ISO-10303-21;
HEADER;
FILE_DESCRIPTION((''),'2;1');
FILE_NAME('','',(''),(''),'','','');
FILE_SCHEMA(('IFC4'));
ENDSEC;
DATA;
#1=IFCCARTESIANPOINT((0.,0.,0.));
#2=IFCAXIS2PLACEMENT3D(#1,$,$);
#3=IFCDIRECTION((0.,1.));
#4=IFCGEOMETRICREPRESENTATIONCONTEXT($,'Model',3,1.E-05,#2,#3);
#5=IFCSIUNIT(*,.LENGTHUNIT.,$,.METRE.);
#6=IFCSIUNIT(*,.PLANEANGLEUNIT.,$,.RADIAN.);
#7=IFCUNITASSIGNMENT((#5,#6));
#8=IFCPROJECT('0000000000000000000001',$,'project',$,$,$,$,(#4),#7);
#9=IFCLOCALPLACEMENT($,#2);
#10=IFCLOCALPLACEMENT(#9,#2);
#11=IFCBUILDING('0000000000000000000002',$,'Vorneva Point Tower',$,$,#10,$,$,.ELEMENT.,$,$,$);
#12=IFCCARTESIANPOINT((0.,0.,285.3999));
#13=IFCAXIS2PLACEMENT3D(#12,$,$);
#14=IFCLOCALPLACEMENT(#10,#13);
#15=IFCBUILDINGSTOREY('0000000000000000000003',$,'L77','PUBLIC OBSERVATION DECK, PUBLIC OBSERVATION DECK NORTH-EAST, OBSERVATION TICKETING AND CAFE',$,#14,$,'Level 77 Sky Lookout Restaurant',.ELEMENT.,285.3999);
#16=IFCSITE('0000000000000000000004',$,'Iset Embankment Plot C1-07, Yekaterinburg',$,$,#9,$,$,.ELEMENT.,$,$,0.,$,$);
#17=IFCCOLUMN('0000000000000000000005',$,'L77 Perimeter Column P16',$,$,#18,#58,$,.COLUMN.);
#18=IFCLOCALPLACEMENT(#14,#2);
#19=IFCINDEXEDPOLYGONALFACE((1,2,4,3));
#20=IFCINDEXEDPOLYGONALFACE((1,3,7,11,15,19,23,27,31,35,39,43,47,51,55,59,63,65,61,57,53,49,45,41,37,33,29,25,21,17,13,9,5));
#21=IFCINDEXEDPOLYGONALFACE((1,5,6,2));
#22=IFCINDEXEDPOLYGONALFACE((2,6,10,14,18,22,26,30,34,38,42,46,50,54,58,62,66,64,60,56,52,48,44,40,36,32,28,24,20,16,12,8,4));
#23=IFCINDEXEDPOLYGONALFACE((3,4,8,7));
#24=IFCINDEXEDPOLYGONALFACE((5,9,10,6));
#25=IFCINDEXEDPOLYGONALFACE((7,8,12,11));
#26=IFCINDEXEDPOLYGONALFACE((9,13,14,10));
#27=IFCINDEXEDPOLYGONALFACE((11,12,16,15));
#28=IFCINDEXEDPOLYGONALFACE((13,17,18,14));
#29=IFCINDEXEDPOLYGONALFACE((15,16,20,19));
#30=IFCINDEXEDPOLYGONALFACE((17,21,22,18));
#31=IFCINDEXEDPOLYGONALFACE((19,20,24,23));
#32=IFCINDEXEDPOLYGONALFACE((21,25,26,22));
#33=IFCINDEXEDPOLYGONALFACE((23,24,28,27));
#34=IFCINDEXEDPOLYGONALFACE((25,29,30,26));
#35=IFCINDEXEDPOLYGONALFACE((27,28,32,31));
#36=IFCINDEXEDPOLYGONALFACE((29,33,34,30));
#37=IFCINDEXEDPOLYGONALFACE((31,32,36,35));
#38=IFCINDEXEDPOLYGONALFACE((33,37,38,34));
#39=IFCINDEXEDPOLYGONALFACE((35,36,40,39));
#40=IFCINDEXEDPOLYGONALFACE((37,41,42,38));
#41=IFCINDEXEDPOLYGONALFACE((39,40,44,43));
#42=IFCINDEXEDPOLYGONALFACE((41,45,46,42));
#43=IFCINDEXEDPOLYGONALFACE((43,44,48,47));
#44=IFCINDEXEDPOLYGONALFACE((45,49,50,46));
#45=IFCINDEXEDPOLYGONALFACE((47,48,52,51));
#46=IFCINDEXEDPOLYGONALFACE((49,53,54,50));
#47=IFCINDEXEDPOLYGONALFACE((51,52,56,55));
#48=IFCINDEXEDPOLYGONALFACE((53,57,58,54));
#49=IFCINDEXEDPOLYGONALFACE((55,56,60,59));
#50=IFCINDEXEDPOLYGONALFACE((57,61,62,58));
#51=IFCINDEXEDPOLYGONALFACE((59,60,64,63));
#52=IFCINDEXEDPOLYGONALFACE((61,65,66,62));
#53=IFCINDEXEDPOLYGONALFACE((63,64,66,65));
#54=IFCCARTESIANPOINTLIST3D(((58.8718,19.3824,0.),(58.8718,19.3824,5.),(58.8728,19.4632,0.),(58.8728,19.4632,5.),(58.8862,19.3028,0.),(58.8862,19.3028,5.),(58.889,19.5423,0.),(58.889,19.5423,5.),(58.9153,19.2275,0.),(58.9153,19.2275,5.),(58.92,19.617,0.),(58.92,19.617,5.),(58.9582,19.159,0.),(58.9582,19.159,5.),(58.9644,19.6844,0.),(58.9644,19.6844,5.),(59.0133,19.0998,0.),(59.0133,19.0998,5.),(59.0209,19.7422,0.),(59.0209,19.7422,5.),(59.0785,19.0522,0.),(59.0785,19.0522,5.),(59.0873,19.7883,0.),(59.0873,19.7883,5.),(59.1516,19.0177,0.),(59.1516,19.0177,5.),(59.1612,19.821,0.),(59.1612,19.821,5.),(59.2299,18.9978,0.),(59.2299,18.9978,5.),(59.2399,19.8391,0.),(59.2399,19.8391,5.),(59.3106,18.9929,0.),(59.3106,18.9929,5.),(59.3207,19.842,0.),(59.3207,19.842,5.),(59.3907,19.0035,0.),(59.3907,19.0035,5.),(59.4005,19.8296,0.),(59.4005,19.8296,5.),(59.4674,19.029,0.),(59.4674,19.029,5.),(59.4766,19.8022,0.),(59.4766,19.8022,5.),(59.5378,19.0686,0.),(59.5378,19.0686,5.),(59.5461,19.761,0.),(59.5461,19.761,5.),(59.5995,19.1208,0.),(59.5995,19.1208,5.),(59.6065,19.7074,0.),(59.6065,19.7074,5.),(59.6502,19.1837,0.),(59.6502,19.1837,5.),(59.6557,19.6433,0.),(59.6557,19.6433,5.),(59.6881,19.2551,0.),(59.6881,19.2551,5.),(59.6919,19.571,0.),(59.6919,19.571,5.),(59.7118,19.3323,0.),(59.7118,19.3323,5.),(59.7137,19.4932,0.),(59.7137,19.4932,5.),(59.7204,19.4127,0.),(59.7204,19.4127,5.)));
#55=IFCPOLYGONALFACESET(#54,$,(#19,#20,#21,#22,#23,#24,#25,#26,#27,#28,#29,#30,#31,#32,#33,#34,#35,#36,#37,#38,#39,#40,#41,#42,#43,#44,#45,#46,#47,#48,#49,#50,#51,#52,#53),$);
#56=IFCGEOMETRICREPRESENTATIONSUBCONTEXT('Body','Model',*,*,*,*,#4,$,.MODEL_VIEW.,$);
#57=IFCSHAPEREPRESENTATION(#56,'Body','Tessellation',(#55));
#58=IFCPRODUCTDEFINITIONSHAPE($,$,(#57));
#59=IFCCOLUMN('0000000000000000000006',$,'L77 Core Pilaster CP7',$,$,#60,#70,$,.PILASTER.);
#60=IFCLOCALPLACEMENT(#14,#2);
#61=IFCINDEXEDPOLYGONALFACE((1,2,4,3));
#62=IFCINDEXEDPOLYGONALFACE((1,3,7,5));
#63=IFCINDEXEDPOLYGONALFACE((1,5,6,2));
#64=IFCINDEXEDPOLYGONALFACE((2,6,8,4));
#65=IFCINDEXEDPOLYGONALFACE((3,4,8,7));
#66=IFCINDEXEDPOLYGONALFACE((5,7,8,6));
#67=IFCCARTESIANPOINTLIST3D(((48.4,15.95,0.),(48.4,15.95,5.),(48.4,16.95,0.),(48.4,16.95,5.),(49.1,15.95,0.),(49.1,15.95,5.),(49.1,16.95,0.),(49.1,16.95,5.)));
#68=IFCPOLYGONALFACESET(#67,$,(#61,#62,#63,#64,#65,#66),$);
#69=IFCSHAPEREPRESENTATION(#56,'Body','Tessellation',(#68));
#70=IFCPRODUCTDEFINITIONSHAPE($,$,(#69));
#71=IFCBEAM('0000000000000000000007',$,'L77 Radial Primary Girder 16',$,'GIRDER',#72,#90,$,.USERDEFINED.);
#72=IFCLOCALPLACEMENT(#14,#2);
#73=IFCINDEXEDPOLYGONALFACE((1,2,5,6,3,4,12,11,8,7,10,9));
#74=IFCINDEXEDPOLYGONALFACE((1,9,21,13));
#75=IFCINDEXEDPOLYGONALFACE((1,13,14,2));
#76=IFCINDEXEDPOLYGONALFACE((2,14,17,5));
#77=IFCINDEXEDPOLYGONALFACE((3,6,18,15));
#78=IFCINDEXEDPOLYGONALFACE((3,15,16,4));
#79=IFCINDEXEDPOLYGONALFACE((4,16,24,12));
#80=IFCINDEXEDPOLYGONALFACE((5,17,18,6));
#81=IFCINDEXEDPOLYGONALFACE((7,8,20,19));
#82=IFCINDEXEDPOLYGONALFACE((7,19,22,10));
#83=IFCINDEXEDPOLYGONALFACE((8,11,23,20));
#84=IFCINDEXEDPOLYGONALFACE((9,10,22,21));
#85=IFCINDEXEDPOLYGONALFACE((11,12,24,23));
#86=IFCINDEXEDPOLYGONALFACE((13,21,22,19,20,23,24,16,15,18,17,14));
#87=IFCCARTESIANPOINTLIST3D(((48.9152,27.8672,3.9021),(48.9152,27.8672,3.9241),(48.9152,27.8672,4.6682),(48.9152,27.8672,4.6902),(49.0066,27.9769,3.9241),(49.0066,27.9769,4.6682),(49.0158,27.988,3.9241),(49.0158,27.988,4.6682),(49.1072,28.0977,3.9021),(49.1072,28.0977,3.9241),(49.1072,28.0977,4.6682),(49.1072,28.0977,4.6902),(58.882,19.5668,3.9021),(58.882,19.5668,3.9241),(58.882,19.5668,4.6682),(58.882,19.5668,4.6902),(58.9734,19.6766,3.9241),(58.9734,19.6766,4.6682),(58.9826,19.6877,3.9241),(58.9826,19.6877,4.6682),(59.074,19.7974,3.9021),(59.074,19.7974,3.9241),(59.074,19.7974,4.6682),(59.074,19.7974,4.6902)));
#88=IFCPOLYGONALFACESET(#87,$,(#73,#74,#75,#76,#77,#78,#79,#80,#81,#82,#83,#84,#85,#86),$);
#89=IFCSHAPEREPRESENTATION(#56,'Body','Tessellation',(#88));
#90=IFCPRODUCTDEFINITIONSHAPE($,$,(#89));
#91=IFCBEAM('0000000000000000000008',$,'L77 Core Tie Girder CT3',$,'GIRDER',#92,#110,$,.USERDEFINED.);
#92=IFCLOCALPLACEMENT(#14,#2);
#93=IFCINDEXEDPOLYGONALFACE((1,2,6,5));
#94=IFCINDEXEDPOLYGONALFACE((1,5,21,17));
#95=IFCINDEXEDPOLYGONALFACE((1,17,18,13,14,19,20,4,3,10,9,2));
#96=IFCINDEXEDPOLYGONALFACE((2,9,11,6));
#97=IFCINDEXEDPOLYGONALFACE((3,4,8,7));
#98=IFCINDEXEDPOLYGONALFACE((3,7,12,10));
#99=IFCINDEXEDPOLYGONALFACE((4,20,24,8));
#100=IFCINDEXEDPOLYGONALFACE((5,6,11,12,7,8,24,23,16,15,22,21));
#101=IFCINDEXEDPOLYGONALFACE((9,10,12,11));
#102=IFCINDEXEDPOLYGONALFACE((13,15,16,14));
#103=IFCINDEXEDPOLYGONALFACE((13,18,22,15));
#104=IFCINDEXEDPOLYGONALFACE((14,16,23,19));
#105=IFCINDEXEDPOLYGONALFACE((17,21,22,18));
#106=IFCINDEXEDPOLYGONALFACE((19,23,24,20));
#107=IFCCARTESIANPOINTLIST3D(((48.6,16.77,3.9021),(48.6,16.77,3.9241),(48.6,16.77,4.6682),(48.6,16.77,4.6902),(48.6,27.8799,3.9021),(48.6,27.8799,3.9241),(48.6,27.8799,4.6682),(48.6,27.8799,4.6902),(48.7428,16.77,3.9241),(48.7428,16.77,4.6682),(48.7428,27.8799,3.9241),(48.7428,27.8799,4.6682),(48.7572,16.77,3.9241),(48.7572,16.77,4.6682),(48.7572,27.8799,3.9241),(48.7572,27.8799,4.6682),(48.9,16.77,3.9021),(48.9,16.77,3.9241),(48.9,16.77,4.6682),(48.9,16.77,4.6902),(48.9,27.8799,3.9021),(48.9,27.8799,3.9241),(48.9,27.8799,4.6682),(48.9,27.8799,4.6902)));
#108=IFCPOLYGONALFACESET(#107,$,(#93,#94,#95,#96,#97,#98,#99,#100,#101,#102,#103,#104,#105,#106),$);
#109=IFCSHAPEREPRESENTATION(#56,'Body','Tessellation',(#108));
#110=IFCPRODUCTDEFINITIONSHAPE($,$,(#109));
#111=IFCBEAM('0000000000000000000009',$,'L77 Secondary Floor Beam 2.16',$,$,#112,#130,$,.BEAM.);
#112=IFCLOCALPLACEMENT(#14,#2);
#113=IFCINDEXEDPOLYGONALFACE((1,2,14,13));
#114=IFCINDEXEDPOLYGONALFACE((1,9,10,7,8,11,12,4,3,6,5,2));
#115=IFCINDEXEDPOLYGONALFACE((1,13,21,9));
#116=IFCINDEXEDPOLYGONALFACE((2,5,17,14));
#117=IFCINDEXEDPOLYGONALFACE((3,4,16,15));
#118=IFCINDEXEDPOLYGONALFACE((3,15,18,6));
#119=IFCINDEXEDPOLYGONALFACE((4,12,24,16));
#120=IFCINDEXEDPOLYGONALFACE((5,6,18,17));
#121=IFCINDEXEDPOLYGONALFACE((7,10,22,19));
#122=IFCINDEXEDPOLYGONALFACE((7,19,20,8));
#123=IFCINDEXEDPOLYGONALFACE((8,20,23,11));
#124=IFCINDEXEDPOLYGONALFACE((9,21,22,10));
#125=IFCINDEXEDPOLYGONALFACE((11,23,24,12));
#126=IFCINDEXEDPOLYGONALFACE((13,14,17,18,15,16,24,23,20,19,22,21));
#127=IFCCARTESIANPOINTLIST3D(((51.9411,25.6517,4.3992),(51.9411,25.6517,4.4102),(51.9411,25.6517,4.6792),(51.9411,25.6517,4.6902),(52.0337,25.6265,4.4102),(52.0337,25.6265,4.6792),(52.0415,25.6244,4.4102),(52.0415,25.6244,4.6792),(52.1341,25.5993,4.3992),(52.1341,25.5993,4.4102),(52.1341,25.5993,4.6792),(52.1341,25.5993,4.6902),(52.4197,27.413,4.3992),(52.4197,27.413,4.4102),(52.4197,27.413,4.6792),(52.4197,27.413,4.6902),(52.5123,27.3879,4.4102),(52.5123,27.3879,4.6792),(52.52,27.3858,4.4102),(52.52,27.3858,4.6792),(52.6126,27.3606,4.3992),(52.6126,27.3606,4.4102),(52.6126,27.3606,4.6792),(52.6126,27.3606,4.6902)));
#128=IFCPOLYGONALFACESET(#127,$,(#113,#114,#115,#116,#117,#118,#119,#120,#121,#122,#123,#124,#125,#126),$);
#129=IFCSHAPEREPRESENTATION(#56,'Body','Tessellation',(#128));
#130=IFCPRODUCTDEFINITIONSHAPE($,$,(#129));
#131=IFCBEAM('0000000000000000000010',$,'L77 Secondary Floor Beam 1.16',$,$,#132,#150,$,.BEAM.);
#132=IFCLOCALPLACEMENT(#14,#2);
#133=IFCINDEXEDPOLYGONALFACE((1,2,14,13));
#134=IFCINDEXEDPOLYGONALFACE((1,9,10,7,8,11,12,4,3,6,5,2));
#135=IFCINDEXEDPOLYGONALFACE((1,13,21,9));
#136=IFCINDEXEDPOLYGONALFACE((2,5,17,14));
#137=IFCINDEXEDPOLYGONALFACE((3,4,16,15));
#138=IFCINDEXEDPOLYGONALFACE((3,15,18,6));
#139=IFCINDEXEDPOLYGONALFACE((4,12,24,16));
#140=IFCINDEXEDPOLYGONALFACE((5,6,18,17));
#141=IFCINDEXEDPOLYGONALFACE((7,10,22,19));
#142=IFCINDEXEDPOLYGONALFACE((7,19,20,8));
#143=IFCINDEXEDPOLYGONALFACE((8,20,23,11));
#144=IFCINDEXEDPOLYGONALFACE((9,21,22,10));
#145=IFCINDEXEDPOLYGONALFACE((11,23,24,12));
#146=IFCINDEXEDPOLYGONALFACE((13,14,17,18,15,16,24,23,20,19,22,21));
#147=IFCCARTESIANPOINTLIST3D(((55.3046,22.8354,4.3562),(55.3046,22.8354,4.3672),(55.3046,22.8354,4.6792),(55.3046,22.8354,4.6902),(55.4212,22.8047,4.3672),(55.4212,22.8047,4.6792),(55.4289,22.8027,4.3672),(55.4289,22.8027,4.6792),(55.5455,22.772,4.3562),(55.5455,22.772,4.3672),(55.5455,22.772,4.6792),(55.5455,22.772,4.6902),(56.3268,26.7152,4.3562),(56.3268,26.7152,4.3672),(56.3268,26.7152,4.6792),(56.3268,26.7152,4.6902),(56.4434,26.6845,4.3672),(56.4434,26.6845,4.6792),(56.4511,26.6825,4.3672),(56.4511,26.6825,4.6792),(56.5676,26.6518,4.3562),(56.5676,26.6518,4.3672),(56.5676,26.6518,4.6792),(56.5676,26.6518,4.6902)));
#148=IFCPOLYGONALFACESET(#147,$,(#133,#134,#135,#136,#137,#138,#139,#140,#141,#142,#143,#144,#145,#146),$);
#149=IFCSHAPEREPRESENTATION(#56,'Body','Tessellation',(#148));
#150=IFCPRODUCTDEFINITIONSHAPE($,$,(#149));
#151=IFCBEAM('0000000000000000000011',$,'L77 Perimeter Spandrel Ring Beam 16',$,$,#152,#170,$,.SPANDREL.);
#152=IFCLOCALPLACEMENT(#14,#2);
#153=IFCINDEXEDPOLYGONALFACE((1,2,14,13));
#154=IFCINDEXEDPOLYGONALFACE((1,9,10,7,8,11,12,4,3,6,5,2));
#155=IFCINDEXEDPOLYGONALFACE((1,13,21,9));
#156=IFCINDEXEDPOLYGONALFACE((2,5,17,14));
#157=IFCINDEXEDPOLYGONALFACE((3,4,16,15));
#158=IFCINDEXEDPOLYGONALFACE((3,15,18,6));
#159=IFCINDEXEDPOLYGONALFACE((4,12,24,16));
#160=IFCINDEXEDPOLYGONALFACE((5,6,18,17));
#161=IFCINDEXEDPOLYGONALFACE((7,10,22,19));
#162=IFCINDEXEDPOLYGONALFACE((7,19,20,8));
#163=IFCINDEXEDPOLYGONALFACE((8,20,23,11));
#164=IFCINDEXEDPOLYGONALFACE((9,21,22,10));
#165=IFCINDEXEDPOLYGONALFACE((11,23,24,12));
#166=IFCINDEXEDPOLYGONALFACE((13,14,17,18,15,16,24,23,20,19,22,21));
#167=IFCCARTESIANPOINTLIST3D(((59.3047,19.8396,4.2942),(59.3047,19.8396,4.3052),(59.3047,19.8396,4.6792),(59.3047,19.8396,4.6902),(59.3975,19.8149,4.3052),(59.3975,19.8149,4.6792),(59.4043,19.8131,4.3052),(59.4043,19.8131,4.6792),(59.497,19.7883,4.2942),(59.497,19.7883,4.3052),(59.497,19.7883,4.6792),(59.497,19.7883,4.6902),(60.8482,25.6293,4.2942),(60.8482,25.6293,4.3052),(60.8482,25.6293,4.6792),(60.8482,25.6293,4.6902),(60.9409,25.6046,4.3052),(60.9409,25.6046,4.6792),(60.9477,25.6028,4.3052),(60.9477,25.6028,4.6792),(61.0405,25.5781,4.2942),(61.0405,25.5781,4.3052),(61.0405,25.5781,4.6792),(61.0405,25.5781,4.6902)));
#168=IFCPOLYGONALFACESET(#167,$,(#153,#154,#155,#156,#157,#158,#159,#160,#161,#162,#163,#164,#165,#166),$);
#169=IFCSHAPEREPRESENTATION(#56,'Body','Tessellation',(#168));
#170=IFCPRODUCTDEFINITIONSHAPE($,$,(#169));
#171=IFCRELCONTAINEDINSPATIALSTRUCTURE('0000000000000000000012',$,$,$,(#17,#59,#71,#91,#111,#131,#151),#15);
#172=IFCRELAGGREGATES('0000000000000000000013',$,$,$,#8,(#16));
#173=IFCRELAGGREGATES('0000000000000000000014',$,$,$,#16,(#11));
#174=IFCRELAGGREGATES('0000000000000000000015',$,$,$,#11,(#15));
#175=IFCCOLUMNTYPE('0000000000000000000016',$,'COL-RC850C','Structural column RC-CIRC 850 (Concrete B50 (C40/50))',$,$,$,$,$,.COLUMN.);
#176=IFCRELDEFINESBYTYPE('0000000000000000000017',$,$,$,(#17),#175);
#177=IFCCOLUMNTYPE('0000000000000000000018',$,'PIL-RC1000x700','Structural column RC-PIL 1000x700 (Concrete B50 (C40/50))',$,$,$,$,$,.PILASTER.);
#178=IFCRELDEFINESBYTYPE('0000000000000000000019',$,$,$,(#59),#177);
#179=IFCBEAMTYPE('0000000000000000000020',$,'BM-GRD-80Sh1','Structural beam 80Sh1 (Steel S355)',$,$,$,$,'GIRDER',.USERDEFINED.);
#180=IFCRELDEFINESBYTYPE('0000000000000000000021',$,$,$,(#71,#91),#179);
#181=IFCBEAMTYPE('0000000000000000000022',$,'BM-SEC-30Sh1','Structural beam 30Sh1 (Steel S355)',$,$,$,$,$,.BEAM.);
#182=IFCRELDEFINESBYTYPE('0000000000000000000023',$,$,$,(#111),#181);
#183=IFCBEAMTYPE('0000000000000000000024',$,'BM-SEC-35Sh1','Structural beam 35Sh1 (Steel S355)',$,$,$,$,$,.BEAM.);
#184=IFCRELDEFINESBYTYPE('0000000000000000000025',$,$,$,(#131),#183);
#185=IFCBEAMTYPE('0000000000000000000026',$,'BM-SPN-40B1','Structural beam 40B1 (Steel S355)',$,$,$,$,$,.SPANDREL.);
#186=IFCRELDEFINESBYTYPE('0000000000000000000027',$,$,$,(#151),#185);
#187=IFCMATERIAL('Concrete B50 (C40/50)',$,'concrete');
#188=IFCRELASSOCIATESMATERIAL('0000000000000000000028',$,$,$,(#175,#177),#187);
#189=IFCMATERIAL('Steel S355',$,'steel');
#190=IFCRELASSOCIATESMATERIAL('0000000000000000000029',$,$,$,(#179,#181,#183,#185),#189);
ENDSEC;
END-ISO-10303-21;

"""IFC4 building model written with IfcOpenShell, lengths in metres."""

from ifc_helpers import new_model, si_unit, direction, frame, origin, origin_2d, place, context, subcontext, project, spatial, rectangle, circle, i_section, extrude, material, material_profile, profile_set, type_object, element, save


model = new_model("IFC4")

# Units and contexts
model_context = context("Model", 3, precision=1e-05, world=origin(), true_north=direction((0.0, 1.0)))
body_context = subcontext(model_context, "Body", "Model", "MODEL_VIEW")
ifc_project = project(units=[si_unit("LENGTHUNIT", "METRE"), si_unit("PLANEANGLEUNIT", "RADIAN")], contexts=[model_context])

# Site, building, storey
site_placement = place(None, origin())
site = spatial("IfcSite", under=ifc_project, at=site_placement, Name="Iset Embankment Plot C1-07, Yekaterinburg", CompositionType="ELEMENT", RefElevation=0.0)
building_placement = place(site_placement, origin())
building = spatial("IfcBuilding", under=site, at=building_placement, Name="Vorneva Point Tower", CompositionType="ELEMENT")
storey_placement = place(building_placement, frame((0.0, 0.0, 285.3999)))
storey = spatial("IfcBuildingStorey", under=building, at=storey_placement, Name="L77", Description="PUBLIC OBSERVATION DECK, PUBLIC OBSERVATION DECK NORTH-EAST, OBSERVATION TICKETING AND CAFE", LongName="Level 77 Sky Lookout Restaurant", CompositionType="ELEMENT", Elevation=285.3999)

# Columns
ifc_material_1 = material(Name="Concrete B50 (C40/50)", Category="concrete")
ifc_material_profile_1 = material_profile(ifc_material_1, circle(Radius=0.425, at=origin_2d()), Name="RC-CIRC 850")
ifc_profile_set_1 = profile_set([ifc_material_profile_1], Name="Concrete B50 (C40/50)")
column_type_1 = type_object("IfcColumnType", Name="COL-RC850C", Description="Structural column RC-CIRC 850 (Concrete B50 (C40/50))", PredefinedType="COLUMN", material=ifc_profile_set_1)
column_1_placement = place(storey_placement, frame((59.2954, 19.4177, 0.0), z_axis=(0.0, 0.0, 1.0), x_axis=(0.92388, -0.382683, 0.0)))
element("IfcColumn", 1, at=column_1_placement, inside=storey, type_object=column_type_1, Name="L77 Perimeter Column P16", PredefinedType="COLUMN", context=body_context, shape_type="SweptSolid", body=[
    extrude(circle(Radius=0.425, at=origin_2d()), origin(), (0.0, 0.0, 1.0), 5.0),
])
ifc_material_profile_2 = material_profile(ifc_material_1, rectangle(XDim=0.7, YDim=1.0, at=origin_2d()), Name="RC-PIL 1000x700")
ifc_profile_set_2 = profile_set([ifc_material_profile_2], Name="Concrete B50 (C40/50)")
column_type_2 = type_object("IfcColumnType", Name="PIL-RC1000x700", Description="Structural column RC-PIL 1000x700 (Concrete B50 (C40/50))", PredefinedType="PILASTER", material=ifc_profile_set_2)
column_2_placement = place(storey_placement, frame((48.75, 16.45, 0.0), z_axis=(0.0, 0.0, 1.0), x_axis=(1.0, 0.0, 0.0)))
element("IfcColumn", 2, at=column_2_placement, inside=storey, type_object=column_type_2, Name="L77 Core Pilaster CP7", PredefinedType="PILASTER", context=body_context, shape_type="SweptSolid", body=[
    extrude(rectangle(XDim=0.7, YDim=1.0, at=origin_2d()), origin(), (0.0, 0.0, 1.0), 5.0),
])

# Beams
ifc_material_2 = material(Name="Steel S355", Category="steel")
ifc_material_profile_3 = material_profile(ifc_material_2, i_section(OverallWidth=0.3, OverallDepth=0.7881, WebThickness=0.0144, FlangeThickness=0.022, at=origin_2d()), Name="80Sh1")
ifc_profile_set_3 = profile_set([ifc_material_profile_3], Name="Steel S355")
beam_type_1 = type_object("IfcBeamType", Name="BM-GRD-80Sh1", Description="Structural beam 80Sh1 (Steel S355)", ElementType="GIRDER", PredefinedType="USERDEFINED", material=ifc_profile_set_3)
beam_1_placement = place(storey_placement, frame((58.978, 19.6821, 4.2961), z_axis=(-0.768425, 0.63994, 0.0), x_axis=(-0.63994, -0.768425, 0.0)))
element("IfcBeam", 3, at=beam_1_placement, inside=storey, type_object=beam_type_1, Name="L77 Radial Primary Girder 16", ObjectType="GIRDER", PredefinedType="USERDEFINED", context=body_context, shape_type="SweptSolid", body=[
    extrude(i_section(OverallWidth=0.3, OverallDepth=0.7881, WebThickness=0.0144, FlangeThickness=0.022, at=origin_2d()), origin(), (0.0, 0.0, 1.0), 12.9705),
])
beam_2_placement = place(storey_placement, frame((48.75, 16.77, 4.2961), z_axis=(0.0, 1.0, 0.0), x_axis=(-1.0, 0.0, 0.0)))
element("IfcBeam", 4, at=beam_2_placement, inside=storey, type_object=beam_type_1, Name="L77 Core Tie Girder CT3", ObjectType="GIRDER", PredefinedType="USERDEFINED", context=body_context, shape_type="SweptSolid", body=[
    extrude(i_section(OverallWidth=0.3, OverallDepth=0.7881, WebThickness=0.0144, FlangeThickness=0.022, at=origin_2d()), origin(), (0.0, 0.0, 1.0), 11.1099),
])
ifc_material_profile_4 = material_profile(ifc_material_2, i_section(OverallWidth=0.2, OverallDepth=0.291, WebThickness=0.0081, FlangeThickness=0.011, at=origin_2d()), Name="30Sh1")
ifc_profile_set_4 = profile_set([ifc_material_profile_4], Name="Steel S355")
beam_type_2 = type_object("IfcBeamType", Name="BM-SEC-30Sh1", Description="Structural beam 30Sh1 (Steel S355)", PredefinedType="BEAM", material=ifc_profile_set_4)
beam_3_placement = place(storey_placement, frame((52.0376, 25.6255, 4.5447), z_axis=(0.262189, 0.965017, 0.0), x_axis=(-0.965017, 0.262189, 0.0)))
element("IfcBeam", 5, at=beam_3_placement, inside=storey, type_object=beam_type_2, Name="L77 Secondary Floor Beam 2.16", PredefinedType="BEAM", context=body_context, shape_type="SweptSolid", body=[
    extrude(i_section(OverallWidth=0.2, OverallDepth=0.291, WebThickness=0.0081, FlangeThickness=0.011, at=origin_2d()), origin(), (0.0, 0.0, 1.0), 1.8252),
])
ifc_material_profile_5 = material_profile(ifc_material_2, i_section(OverallWidth=0.249, OverallDepth=0.334, WebThickness=0.0081, FlangeThickness=0.011, at=origin_2d()), Name="35Sh1")
ifc_profile_set_5 = profile_set([ifc_material_profile_5], Name="Steel S355")
beam_type_3 = type_object("IfcBeamType", Name="BM-SEC-35Sh1", Description="Structural beam 35Sh1 (Steel S355)", PredefinedType="BEAM", material=ifc_profile_set_5)
beam_4_placement = place(storey_placement, frame((55.425, 22.8037, 4.5232), z_axis=(0.254772, 0.967001, 0.0), x_axis=(-0.967001, 0.254772, 0.0)))
element("IfcBeam", 6, at=beam_4_placement, inside=storey, type_object=beam_type_3, Name="L77 Secondary Floor Beam 1.16", PredefinedType="BEAM", context=body_context, shape_type="SweptSolid", body=[
    extrude(i_section(OverallWidth=0.249, OverallDepth=0.334, WebThickness=0.0081, FlangeThickness=0.011, at=origin_2d()), origin(), (0.0, 0.0, 1.0), 4.0122),
])
ifc_material_profile_6 = material_profile(ifc_material_2, i_section(OverallWidth=0.199, OverallDepth=0.396, WebThickness=0.0071, FlangeThickness=0.011, at=origin_2d()), Name="40B1")
ifc_profile_set_6 = profile_set([ifc_material_profile_6], Name="Steel S355")
beam_type_4 = type_object("IfcBeamType", Name="BM-SPN-40B1", Description="Structural beam 40B1 (Steel S355)", PredefinedType="SPANDREL", material=ifc_profile_set_6)
beam_5_placement = place(storey_placement, frame((59.4009, 19.814, 4.4922), z_axis=(0.257587, 0.966255, 0.0), x_axis=(-0.966255, 0.257587, 0.0)))
element("IfcBeam", 7, at=beam_5_placement, inside=storey, type_object=beam_type_4, Name="L77 Perimeter Spandrel Ring Beam 16", PredefinedType="SPANDREL", context=body_context, shape_type="SweptSolid", body=[
    extrude(i_section(OverallWidth=0.199, OverallDepth=0.396, WebThickness=0.0071, FlangeThickness=0.011, at=origin_2d()), origin(), (0.0, 0.0, 1.0), 5.9919),
])

save(model, "model.ifc")
